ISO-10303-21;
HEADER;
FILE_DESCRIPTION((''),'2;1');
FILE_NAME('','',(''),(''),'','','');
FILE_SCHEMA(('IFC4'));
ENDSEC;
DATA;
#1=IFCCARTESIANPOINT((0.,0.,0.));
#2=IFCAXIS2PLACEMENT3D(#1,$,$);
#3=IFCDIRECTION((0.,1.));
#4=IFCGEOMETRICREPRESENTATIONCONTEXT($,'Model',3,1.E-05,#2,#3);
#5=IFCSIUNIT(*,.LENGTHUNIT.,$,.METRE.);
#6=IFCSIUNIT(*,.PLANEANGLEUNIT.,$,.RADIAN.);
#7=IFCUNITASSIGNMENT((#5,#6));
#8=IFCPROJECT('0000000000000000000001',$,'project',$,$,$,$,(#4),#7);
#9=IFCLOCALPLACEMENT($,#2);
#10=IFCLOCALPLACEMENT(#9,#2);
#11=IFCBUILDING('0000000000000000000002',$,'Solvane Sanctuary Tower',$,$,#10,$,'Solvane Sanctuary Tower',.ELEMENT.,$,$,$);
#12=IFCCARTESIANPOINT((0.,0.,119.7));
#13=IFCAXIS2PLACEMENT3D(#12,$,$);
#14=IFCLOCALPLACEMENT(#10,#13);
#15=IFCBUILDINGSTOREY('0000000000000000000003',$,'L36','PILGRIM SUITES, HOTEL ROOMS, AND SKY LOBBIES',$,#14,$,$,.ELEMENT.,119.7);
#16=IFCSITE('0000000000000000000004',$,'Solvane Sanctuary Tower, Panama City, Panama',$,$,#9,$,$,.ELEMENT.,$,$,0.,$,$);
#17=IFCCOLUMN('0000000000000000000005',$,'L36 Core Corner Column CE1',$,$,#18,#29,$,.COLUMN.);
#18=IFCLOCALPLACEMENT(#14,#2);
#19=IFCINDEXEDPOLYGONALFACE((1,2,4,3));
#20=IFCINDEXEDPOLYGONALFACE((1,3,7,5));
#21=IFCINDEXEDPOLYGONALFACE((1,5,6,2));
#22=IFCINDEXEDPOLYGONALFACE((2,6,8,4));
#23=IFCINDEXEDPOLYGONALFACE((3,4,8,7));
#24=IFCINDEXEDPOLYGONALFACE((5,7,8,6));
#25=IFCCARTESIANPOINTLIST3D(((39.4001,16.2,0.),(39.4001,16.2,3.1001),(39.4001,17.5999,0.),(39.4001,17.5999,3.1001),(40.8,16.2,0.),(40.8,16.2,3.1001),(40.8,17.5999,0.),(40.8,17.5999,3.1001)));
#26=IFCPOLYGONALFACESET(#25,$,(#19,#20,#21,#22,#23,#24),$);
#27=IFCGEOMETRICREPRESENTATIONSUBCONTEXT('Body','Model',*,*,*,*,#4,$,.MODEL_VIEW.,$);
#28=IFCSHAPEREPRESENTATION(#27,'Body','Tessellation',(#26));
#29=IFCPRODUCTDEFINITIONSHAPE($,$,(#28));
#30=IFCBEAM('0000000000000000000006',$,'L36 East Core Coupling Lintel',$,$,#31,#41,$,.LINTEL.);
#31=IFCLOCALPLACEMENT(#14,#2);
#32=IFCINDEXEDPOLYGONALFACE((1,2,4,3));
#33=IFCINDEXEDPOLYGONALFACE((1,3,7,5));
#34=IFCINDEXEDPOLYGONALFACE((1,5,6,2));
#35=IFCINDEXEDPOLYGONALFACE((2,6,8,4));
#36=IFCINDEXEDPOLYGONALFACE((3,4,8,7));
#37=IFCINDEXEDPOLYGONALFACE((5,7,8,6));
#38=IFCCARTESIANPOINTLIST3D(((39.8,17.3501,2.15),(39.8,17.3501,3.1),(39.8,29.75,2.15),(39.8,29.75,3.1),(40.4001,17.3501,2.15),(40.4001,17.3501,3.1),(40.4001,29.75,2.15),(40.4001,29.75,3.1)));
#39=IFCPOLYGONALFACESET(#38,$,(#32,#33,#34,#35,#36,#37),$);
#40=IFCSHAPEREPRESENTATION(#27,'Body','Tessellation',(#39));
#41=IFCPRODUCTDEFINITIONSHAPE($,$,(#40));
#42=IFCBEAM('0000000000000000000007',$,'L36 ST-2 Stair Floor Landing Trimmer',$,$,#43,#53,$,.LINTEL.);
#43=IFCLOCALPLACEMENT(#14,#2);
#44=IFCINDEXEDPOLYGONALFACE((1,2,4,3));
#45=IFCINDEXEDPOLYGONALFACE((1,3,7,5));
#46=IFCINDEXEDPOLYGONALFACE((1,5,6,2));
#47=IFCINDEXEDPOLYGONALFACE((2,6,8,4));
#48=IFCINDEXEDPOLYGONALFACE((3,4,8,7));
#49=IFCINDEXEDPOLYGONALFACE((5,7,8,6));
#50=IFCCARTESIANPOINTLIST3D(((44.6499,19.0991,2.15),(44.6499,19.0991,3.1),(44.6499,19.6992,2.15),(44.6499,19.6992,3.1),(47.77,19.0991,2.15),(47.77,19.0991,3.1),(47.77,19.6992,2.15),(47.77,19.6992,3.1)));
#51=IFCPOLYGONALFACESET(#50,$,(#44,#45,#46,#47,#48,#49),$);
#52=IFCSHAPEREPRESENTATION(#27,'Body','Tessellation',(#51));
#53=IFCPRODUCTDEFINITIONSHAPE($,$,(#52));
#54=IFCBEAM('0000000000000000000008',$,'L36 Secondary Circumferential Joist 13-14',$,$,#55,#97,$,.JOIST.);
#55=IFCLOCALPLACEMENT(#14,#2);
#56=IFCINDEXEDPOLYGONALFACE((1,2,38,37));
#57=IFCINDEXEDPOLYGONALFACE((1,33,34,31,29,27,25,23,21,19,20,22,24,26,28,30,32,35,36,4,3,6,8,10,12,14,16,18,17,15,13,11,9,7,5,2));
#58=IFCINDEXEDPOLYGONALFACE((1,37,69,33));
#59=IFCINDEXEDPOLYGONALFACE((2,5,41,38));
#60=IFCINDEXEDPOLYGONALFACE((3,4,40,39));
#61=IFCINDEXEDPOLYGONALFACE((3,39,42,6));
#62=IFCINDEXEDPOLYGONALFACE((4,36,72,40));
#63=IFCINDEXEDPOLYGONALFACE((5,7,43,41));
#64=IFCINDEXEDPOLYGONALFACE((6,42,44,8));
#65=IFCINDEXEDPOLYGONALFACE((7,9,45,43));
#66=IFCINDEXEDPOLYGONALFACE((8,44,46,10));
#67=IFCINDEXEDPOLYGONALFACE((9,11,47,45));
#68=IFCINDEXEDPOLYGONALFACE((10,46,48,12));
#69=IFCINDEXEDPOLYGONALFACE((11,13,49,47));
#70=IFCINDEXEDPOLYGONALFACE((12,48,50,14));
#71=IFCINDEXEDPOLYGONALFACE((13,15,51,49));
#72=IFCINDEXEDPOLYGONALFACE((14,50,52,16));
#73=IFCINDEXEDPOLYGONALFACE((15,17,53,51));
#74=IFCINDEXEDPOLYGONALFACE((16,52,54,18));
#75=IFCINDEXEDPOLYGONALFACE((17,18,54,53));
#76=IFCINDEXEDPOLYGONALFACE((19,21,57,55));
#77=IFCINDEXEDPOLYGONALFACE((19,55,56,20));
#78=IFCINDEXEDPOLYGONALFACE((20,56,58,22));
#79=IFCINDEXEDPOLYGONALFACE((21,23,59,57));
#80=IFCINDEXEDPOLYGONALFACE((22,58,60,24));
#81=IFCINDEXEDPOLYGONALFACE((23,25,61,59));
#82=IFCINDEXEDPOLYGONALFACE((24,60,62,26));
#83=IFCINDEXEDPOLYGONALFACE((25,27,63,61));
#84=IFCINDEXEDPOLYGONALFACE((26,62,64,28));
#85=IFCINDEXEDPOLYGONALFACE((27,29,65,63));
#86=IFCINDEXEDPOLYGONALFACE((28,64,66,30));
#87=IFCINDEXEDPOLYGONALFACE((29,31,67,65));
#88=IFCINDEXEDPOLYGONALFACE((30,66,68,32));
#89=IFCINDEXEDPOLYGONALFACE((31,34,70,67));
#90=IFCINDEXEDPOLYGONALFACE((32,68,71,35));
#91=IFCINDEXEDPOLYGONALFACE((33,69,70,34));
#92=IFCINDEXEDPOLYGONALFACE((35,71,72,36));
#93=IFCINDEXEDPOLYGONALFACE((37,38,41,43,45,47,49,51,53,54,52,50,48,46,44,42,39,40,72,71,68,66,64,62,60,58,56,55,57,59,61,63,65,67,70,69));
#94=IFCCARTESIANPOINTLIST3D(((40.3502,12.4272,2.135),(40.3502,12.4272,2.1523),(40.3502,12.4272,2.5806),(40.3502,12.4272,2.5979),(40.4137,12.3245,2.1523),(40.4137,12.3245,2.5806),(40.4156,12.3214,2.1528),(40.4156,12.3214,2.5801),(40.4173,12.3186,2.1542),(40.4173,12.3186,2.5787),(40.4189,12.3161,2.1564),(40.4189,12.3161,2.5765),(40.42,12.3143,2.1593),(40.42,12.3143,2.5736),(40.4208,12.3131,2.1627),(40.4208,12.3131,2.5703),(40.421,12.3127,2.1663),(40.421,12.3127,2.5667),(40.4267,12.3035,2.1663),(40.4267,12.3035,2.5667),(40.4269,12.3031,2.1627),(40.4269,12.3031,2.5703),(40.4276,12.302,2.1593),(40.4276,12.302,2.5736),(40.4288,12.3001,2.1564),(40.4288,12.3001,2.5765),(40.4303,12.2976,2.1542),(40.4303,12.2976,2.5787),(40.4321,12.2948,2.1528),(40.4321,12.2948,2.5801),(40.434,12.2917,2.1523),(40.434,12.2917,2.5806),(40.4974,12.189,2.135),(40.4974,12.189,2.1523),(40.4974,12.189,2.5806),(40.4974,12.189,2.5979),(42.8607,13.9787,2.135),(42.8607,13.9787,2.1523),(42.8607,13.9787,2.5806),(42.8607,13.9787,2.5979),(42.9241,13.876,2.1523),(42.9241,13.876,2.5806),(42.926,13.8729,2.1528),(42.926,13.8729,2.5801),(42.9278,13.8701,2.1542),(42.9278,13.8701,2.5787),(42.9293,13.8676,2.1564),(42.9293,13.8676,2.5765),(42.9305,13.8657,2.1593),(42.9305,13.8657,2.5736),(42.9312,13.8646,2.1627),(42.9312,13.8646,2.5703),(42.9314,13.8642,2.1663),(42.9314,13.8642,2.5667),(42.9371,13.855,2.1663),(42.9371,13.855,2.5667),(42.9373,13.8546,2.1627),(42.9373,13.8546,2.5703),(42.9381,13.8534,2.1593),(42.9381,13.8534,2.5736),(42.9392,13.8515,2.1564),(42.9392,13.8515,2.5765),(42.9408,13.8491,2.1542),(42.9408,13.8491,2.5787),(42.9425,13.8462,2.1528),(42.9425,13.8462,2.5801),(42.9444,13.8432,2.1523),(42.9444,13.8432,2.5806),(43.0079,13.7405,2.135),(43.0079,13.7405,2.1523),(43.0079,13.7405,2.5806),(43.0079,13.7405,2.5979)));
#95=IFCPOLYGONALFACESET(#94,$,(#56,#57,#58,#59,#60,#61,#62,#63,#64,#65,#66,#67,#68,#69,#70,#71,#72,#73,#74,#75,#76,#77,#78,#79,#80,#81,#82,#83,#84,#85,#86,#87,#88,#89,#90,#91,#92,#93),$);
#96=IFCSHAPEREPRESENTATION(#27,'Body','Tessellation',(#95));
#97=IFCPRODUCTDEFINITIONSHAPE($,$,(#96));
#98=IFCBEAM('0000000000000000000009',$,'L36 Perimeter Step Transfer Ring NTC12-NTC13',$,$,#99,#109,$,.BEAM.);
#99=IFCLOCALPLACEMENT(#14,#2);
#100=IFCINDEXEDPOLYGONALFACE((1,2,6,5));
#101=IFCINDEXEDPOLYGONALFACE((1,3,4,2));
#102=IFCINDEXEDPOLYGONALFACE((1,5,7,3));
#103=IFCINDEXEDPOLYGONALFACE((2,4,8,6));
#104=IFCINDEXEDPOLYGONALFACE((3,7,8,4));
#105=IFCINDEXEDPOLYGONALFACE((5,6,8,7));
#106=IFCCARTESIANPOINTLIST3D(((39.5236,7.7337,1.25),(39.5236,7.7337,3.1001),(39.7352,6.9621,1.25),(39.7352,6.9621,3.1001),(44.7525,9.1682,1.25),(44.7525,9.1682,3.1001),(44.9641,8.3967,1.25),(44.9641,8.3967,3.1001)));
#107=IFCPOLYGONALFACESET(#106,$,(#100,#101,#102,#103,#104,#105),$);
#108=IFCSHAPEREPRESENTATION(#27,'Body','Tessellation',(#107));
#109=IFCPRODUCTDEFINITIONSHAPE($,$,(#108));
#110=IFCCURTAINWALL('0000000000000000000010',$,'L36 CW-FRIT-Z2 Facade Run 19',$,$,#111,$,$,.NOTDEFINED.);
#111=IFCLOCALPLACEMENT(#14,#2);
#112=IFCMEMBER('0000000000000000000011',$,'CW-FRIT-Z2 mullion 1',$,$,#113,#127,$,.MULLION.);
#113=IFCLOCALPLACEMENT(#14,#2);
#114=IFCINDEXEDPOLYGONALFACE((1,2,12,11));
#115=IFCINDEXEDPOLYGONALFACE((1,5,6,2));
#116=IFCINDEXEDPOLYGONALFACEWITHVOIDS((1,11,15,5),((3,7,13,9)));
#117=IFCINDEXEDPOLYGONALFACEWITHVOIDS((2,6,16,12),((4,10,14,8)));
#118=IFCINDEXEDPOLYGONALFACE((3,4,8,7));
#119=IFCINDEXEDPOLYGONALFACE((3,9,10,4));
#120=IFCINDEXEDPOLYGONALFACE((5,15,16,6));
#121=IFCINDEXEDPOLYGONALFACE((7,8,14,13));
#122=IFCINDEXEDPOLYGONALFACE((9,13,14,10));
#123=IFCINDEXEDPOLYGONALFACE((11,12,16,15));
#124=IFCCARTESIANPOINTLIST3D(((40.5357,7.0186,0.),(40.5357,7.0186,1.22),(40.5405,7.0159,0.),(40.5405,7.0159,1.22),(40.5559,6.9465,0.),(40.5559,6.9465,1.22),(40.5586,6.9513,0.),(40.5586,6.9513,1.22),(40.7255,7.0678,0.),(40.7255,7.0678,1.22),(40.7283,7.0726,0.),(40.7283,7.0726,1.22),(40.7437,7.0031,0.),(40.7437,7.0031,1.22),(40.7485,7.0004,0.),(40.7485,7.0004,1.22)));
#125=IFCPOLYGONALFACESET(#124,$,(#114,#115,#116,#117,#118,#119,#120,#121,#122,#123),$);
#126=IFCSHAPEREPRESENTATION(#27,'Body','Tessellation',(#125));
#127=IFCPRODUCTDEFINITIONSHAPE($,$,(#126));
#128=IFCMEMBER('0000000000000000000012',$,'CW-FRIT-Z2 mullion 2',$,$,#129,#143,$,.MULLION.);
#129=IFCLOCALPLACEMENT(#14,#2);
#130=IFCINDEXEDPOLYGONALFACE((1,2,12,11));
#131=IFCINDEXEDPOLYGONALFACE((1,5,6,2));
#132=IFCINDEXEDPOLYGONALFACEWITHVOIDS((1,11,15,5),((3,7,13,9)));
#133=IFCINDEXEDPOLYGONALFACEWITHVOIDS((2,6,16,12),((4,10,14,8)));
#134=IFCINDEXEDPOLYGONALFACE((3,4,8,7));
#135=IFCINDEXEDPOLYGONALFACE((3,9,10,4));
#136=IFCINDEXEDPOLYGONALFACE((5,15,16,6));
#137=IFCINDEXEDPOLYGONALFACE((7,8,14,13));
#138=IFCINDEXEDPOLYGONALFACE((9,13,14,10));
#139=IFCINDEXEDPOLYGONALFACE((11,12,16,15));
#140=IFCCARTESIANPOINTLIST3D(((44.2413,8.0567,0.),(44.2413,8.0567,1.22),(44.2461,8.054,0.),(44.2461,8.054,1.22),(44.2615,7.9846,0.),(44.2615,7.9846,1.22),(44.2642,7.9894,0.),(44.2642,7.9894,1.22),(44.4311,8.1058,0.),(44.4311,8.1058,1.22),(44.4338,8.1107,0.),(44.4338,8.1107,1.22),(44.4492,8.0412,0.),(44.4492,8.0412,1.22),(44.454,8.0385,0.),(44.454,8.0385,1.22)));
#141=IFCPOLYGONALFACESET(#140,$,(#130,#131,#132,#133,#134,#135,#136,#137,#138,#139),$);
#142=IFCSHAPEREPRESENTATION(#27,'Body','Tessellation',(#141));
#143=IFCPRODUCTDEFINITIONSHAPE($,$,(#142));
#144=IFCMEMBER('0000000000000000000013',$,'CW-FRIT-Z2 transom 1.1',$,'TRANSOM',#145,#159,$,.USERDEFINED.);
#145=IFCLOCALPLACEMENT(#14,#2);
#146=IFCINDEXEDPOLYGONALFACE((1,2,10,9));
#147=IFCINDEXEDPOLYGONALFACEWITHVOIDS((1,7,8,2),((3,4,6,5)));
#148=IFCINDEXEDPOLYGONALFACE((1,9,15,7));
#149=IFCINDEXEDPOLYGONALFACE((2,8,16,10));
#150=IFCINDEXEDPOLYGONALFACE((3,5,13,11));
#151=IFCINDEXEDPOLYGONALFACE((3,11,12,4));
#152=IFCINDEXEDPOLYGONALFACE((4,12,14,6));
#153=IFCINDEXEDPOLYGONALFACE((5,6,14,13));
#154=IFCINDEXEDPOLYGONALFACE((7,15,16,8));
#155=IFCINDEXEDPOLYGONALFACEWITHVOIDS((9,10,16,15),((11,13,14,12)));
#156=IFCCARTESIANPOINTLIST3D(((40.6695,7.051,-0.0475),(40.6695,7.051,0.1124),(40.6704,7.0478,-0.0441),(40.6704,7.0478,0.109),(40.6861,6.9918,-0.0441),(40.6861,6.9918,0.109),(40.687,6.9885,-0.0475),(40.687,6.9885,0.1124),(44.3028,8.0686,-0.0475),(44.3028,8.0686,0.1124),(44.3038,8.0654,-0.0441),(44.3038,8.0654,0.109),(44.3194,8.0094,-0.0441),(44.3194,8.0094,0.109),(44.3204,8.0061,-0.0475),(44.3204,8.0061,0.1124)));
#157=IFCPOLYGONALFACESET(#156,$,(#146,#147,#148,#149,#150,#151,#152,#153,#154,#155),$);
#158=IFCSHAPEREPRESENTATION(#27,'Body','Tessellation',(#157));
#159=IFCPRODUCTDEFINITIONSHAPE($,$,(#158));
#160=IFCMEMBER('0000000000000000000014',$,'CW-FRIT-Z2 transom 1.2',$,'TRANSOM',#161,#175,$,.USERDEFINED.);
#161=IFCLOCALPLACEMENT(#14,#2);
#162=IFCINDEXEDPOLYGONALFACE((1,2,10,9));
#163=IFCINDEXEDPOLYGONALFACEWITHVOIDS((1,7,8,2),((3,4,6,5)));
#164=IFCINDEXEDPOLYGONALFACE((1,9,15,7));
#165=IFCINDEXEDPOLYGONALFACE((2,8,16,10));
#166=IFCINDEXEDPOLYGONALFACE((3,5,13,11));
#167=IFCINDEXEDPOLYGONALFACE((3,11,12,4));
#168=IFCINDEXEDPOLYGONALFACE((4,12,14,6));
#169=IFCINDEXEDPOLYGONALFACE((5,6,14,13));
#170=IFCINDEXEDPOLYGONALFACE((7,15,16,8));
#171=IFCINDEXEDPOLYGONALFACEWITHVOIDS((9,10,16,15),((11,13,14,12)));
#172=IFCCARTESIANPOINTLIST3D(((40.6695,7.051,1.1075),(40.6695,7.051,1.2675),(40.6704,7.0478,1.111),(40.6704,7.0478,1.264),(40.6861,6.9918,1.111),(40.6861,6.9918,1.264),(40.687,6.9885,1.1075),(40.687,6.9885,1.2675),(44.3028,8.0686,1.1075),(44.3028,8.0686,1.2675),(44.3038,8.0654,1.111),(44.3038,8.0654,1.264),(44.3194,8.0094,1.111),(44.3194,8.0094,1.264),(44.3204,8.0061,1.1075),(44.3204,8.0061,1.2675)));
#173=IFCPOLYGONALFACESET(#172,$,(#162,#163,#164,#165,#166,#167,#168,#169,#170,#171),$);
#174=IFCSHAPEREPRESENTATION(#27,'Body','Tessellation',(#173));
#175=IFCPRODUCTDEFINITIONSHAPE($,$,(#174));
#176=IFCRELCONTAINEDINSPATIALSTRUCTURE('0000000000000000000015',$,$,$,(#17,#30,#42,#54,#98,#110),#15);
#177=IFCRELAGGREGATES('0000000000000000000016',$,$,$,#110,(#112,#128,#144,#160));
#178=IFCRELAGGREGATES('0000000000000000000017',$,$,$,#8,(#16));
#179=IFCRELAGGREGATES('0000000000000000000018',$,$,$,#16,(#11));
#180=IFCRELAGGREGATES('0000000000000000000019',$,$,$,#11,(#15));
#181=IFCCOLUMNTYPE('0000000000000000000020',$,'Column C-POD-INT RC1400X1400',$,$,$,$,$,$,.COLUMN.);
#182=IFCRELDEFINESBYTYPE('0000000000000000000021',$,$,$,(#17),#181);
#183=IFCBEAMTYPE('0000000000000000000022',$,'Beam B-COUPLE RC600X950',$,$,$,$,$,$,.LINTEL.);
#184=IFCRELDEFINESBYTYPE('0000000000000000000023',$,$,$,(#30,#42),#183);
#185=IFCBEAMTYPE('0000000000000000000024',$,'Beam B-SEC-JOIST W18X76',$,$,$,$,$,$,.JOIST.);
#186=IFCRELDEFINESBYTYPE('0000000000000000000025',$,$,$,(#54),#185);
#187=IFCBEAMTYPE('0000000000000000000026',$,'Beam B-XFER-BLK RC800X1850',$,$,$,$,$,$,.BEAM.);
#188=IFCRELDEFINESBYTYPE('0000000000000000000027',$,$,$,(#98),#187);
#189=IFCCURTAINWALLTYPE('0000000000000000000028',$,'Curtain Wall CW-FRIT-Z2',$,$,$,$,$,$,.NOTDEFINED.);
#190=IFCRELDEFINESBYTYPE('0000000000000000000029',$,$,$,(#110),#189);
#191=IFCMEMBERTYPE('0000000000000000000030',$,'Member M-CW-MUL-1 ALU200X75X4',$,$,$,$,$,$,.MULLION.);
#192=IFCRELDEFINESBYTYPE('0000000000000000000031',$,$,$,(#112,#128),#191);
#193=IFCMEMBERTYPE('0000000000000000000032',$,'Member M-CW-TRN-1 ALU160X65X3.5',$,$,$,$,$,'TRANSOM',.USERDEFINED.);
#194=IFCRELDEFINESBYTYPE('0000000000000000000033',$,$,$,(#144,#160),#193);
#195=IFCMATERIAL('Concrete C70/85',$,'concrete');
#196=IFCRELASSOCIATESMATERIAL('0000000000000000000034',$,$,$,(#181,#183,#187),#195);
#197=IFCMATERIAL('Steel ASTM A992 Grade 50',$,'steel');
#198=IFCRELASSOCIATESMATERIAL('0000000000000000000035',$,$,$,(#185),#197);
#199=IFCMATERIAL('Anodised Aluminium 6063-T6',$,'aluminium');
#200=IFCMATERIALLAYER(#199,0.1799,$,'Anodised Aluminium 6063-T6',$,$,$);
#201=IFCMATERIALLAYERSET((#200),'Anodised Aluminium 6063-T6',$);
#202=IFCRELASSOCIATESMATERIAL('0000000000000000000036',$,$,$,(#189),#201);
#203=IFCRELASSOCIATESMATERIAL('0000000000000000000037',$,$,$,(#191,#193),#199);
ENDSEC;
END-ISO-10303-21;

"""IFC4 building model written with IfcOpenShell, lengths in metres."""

from ifc_helpers import new_model, si_unit, direction, frame, origin, origin_2d, place, context, subcontext, project, spatial, rectangle, hollow_rectangle, i_section, extrude, material, layer, layer_set, material_profile, profile_set, type_object, element, aggregate, save


model = new_model("IFC4")

# Units and contexts
model_context = context("Model", 3, precision=1e-05, world=origin(), true_north=direction((0.0, 1.0)))
body_context = subcontext(model_context, "Body", "Model", "MODEL_VIEW")
ifc_project = project(units=[si_unit("LENGTHUNIT", "METRE"), si_unit("PLANEANGLEUNIT", "RADIAN")], contexts=[model_context])

# Site, building, storey
site_placement = place(None, origin())
site = spatial("IfcSite", under=ifc_project, at=site_placement, Name="Solvane Sanctuary Tower, Panama City, Panama", CompositionType="ELEMENT", RefElevation=0.0)
building_placement = place(site_placement, origin())
building = spatial("IfcBuilding", under=site, at=building_placement, Name="Solvane Sanctuary Tower", LongName="Solvane Sanctuary Tower", CompositionType="ELEMENT")
storey_placement = place(building_placement, frame((0.0, 0.0, 119.7)))
storey = spatial("IfcBuildingStorey", under=building, at=storey_placement, Name="L36", Description="PILGRIM SUITES, HOTEL ROOMS, AND SKY LOBBIES", CompositionType="ELEMENT", Elevation=119.7)

# Column
ifc_material_1 = material(Name="Concrete C70/85", Category="concrete")
ifc_material_profile_1 = material_profile(ifc_material_1, rectangle(XDim=1.3999, YDim=1.3999, at=origin_2d()), Name="RC1400X1400")
ifc_profile_set_1 = profile_set([ifc_material_profile_1], Name="Concrete C70/85")
column_type = type_object("IfcColumnType", Name="Column C-POD-INT RC1400X1400", PredefinedType="COLUMN", material=ifc_profile_set_1)
column_placement = place(storey_placement, frame((40.1001, 16.8999, 0.0), z_axis=(0.0, 0.0, 1.0), x_axis=(1.0, 0.0, 0.0)))
element("IfcColumn", 1, at=column_placement, inside=storey, type_object=column_type, Name="L36 Core Corner Column CE1", PredefinedType="COLUMN", context=body_context, shape_type="SweptSolid", body=[
    extrude(rectangle(XDim=1.3999, YDim=1.3999, at=origin_2d()), origin(), (0.0, 0.0, 1.0), 3.1001),
])

# Beams
ifc_material_profile_2 = material_profile(ifc_material_1, rectangle(XDim=0.6001, YDim=0.95, at=origin_2d()), Name="RC600X950")
ifc_profile_set_2 = profile_set([ifc_material_profile_2], Name="Concrete C70/85")
beam_type_1 = type_object("IfcBeamType", Name="Beam B-COUPLE RC600X950", PredefinedType="LINTEL", material=ifc_profile_set_2)
beam_1_placement = place(storey_placement, frame((40.1001, 17.3501, 2.625), z_axis=(0.0, 1.0, 0.0), x_axis=(-1.0, 0.0, 0.0)))
element("IfcBeam", 2, at=beam_1_placement, inside=storey, type_object=beam_type_1, Name="L36 East Core Coupling Lintel", PredefinedType="LINTEL", context=body_context, shape_type="SweptSolid", body=[
    extrude(rectangle(XDim=0.6001, YDim=0.95, at=origin_2d()), origin(), (0.0, 0.0, 1.0), 12.3999),
])
beam_2_placement = place(storey_placement, frame((44.6499, 19.3992, 2.625), z_axis=(1.0, 0.0, 0.0), x_axis=(0.0, 1.0, 0.0)))
element("IfcBeam", 3, at=beam_2_placement, inside=storey, type_object=beam_type_1, Name="L36 ST-2 Stair Floor Landing Trimmer", PredefinedType="LINTEL", context=body_context, shape_type="SweptSolid", body=[
    extrude(rectangle(XDim=0.6001, YDim=0.95, at=origin_2d()), origin(), (0.0, 0.0, 1.0), 3.1201),
])
ifc_material_2 = material(Name="Steel ASTM A992 Grade 50", Category="steel")
ifc_material_profile_3 = material_profile(ifc_material_2, i_section(OverallWidth=0.28, OverallDepth=0.4629, WebThickness=0.0107, FlangeThickness=0.0173, FilletRadius=0.0139, at=origin_2d()), Name="W18X76")
ifc_profile_set_3 = profile_set([ifc_material_profile_3], Name="Steel ASTM A992 Grade 50")
beam_type_2 = type_object("IfcBeamType", Name="Beam B-SEC-JOIST W18X76", PredefinedType="JOIST", material=ifc_profile_set_3)
beam_3_placement = place(storey_placement, frame((40.4238, 12.3081, 2.3665), z_axis=(0.85066, 0.525717, 0.0), x_axis=(-0.525717, 0.85066, 0.0)))
element("IfcBeam", 4, at=beam_3_placement, inside=storey, type_object=beam_type_2, Name="L36 Secondary Circumferential Joist 13-14", PredefinedType="JOIST", context=body_context, shape_type="SweptSolid", body=[
    extrude(i_section(OverallWidth=0.28, OverallDepth=0.4629, WebThickness=0.0107, FlangeThickness=0.0173, FilletRadius=0.0139, at=origin_2d()), origin(), (0.0, 0.0, 1.0), 2.9512),
])
ifc_material_profile_4 = material_profile(ifc_material_1, rectangle(XDim=0.8, YDim=1.8501, at=origin_2d()), Name="RC800X1850")
ifc_profile_set_4 = profile_set([ifc_material_profile_4], Name="Concrete C70/85")
beam_type_3 = type_object("IfcBeamType", Name="Beam B-XFER-BLK RC800X1850", PredefinedType="BEAM", material=ifc_profile_set_4)
beam_4_placement = place(storey_placement, frame((39.6294, 7.3479, 2.175), z_axis=(0.964366, 0.264572, 0.0), x_axis=(-0.264572, 0.964366, 0.0)))
element("IfcBeam", 5, at=beam_4_placement, inside=storey, type_object=beam_type_3, Name="L36 Perimeter Step Transfer Ring NTC12-NTC13", PredefinedType="BEAM", context=body_context, shape_type="SweptSolid", body=[
    extrude(rectangle(XDim=0.8, YDim=1.8501, at=origin_2d()), origin(), (0.0, 0.0, 1.0), 5.4221),
])

# Curtain wall, members
ifc_material_3 = material(Name="Anodised Aluminium 6063-T6", Category="aluminium")
ifc_layer_1 = layer(ifc_material_3, 0.1799, Name="Anodised Aluminium 6063-T6")
ifc_layer_set_1 = layer_set([ifc_layer_1], Name="Anodised Aluminium 6063-T6")
curtain_wall_type = type_object("IfcCurtainWallType", Name="Curtain Wall CW-FRIT-Z2", PredefinedType="NOTDEFINED", material=ifc_layer_set_1)
curtain_wall_placement = place(storey_placement, origin())
curtain_wall = element("IfcCurtainWall", 6, at=curtain_wall_placement, inside=storey, type_object=curtain_wall_type, Name="L36 CW-FRIT-Z2 Facade Run 19", PredefinedType="NOTDEFINED")
ifc_material_profile_5 = material_profile(ifc_material_3, hollow_rectangle(XDim=0.075, YDim=0.2, WallThickness=0.0039, at=origin_2d()), Name="ALU200X75X4")
ifc_profile_set_5 = profile_set([ifc_material_profile_5], Name="Anodised Aluminium 6063-T6")
member_type_1 = type_object("IfcMemberType", Name="Member M-CW-MUL-1 ALU200X75X4", PredefinedType="MULLION", material=ifc_profile_set_5)
member_1_placement = place(storey_placement, frame((40.6421, 7.0095, 0.0), z_axis=(0.0, 0.0, 1.0), x_axis=(-0.269705, 0.962943, 0.0)))
member_1 = element("IfcMember", 7, at=member_1_placement, type_object=member_type_1, Name="CW-FRIT-Z2 mullion 1", PredefinedType="MULLION", context=body_context, shape_type="SweptSolid", body=[
    extrude(hollow_rectangle(XDim=0.075, YDim=0.2, WallThickness=0.0039, at=origin_2d()), origin(), (0.0, 0.0, 1.0), 1.22),
])
member_2_placement = place(storey_placement, frame((44.3477, 8.0476, 0.0), z_axis=(0.0, 0.0, 1.0), x_axis=(-0.269705, 0.962943, 0.0)))
member_2 = element("IfcMember", 8, at=member_2_placement, type_object=member_type_1, Name="CW-FRIT-Z2 mullion 2", PredefinedType="MULLION", context=body_context, shape_type="SweptSolid", body=[
    extrude(hollow_rectangle(XDim=0.075, YDim=0.2, WallThickness=0.0039, at=origin_2d()), origin(), (0.0, 0.0, 1.0), 1.22),
])
ifc_material_profile_6 = material_profile(ifc_material_3, hollow_rectangle(XDim=0.0649, YDim=0.1599, WallThickness=0.0034, at=origin_2d()), Name="ALU160X65X3.5")
ifc_profile_set_6 = profile_set([ifc_material_profile_6], Name="Anodised Aluminium 6063-T6")
member_type_2 = type_object("IfcMemberType", Name="Member M-CW-TRN-1 ALU160X65X3.5", ElementType="TRANSOM", PredefinedType="USERDEFINED", material=ifc_profile_set_6)
member_3_placement = place(storey_placement, frame((40.6782, 7.0198, 0.0325), z_axis=(0.962947, 0.269692, 0.0), x_axis=(-0.269692, 0.962947, 0.0)))
member_3 = element("IfcMember", 9, at=member_3_placement, type_object=member_type_2, Name="CW-FRIT-Z2 transom 1.1", ObjectType="TRANSOM", PredefinedType="USERDEFINED", context=body_context, shape_type="SweptSolid", body=[
    extrude(hollow_rectangle(XDim=0.0649, YDim=0.1599, WallThickness=0.0034, at=origin_2d()), origin(), (0.0, 0.0, 1.0), 3.7732),
])
member_4_placement = place(storey_placement, frame((40.6782, 7.0198, 1.1875), z_axis=(0.962947, 0.269692, 0.0), x_axis=(-0.269692, 0.962947, 0.0)))
member_4 = element("IfcMember", 10, at=member_4_placement, type_object=member_type_2, Name="CW-FRIT-Z2 transom 1.2", ObjectType="TRANSOM", PredefinedType="USERDEFINED", context=body_context, shape_type="SweptSolid", body=[
    extrude(hollow_rectangle(XDim=0.0649, YDim=0.1599, WallThickness=0.0034, at=origin_2d()), origin(), (0.0, 0.0, 1.0), 3.7732),
])
aggregate(curtain_wall, [member_1, member_2, member_3, member_4])

save(model, "model.ifc")
